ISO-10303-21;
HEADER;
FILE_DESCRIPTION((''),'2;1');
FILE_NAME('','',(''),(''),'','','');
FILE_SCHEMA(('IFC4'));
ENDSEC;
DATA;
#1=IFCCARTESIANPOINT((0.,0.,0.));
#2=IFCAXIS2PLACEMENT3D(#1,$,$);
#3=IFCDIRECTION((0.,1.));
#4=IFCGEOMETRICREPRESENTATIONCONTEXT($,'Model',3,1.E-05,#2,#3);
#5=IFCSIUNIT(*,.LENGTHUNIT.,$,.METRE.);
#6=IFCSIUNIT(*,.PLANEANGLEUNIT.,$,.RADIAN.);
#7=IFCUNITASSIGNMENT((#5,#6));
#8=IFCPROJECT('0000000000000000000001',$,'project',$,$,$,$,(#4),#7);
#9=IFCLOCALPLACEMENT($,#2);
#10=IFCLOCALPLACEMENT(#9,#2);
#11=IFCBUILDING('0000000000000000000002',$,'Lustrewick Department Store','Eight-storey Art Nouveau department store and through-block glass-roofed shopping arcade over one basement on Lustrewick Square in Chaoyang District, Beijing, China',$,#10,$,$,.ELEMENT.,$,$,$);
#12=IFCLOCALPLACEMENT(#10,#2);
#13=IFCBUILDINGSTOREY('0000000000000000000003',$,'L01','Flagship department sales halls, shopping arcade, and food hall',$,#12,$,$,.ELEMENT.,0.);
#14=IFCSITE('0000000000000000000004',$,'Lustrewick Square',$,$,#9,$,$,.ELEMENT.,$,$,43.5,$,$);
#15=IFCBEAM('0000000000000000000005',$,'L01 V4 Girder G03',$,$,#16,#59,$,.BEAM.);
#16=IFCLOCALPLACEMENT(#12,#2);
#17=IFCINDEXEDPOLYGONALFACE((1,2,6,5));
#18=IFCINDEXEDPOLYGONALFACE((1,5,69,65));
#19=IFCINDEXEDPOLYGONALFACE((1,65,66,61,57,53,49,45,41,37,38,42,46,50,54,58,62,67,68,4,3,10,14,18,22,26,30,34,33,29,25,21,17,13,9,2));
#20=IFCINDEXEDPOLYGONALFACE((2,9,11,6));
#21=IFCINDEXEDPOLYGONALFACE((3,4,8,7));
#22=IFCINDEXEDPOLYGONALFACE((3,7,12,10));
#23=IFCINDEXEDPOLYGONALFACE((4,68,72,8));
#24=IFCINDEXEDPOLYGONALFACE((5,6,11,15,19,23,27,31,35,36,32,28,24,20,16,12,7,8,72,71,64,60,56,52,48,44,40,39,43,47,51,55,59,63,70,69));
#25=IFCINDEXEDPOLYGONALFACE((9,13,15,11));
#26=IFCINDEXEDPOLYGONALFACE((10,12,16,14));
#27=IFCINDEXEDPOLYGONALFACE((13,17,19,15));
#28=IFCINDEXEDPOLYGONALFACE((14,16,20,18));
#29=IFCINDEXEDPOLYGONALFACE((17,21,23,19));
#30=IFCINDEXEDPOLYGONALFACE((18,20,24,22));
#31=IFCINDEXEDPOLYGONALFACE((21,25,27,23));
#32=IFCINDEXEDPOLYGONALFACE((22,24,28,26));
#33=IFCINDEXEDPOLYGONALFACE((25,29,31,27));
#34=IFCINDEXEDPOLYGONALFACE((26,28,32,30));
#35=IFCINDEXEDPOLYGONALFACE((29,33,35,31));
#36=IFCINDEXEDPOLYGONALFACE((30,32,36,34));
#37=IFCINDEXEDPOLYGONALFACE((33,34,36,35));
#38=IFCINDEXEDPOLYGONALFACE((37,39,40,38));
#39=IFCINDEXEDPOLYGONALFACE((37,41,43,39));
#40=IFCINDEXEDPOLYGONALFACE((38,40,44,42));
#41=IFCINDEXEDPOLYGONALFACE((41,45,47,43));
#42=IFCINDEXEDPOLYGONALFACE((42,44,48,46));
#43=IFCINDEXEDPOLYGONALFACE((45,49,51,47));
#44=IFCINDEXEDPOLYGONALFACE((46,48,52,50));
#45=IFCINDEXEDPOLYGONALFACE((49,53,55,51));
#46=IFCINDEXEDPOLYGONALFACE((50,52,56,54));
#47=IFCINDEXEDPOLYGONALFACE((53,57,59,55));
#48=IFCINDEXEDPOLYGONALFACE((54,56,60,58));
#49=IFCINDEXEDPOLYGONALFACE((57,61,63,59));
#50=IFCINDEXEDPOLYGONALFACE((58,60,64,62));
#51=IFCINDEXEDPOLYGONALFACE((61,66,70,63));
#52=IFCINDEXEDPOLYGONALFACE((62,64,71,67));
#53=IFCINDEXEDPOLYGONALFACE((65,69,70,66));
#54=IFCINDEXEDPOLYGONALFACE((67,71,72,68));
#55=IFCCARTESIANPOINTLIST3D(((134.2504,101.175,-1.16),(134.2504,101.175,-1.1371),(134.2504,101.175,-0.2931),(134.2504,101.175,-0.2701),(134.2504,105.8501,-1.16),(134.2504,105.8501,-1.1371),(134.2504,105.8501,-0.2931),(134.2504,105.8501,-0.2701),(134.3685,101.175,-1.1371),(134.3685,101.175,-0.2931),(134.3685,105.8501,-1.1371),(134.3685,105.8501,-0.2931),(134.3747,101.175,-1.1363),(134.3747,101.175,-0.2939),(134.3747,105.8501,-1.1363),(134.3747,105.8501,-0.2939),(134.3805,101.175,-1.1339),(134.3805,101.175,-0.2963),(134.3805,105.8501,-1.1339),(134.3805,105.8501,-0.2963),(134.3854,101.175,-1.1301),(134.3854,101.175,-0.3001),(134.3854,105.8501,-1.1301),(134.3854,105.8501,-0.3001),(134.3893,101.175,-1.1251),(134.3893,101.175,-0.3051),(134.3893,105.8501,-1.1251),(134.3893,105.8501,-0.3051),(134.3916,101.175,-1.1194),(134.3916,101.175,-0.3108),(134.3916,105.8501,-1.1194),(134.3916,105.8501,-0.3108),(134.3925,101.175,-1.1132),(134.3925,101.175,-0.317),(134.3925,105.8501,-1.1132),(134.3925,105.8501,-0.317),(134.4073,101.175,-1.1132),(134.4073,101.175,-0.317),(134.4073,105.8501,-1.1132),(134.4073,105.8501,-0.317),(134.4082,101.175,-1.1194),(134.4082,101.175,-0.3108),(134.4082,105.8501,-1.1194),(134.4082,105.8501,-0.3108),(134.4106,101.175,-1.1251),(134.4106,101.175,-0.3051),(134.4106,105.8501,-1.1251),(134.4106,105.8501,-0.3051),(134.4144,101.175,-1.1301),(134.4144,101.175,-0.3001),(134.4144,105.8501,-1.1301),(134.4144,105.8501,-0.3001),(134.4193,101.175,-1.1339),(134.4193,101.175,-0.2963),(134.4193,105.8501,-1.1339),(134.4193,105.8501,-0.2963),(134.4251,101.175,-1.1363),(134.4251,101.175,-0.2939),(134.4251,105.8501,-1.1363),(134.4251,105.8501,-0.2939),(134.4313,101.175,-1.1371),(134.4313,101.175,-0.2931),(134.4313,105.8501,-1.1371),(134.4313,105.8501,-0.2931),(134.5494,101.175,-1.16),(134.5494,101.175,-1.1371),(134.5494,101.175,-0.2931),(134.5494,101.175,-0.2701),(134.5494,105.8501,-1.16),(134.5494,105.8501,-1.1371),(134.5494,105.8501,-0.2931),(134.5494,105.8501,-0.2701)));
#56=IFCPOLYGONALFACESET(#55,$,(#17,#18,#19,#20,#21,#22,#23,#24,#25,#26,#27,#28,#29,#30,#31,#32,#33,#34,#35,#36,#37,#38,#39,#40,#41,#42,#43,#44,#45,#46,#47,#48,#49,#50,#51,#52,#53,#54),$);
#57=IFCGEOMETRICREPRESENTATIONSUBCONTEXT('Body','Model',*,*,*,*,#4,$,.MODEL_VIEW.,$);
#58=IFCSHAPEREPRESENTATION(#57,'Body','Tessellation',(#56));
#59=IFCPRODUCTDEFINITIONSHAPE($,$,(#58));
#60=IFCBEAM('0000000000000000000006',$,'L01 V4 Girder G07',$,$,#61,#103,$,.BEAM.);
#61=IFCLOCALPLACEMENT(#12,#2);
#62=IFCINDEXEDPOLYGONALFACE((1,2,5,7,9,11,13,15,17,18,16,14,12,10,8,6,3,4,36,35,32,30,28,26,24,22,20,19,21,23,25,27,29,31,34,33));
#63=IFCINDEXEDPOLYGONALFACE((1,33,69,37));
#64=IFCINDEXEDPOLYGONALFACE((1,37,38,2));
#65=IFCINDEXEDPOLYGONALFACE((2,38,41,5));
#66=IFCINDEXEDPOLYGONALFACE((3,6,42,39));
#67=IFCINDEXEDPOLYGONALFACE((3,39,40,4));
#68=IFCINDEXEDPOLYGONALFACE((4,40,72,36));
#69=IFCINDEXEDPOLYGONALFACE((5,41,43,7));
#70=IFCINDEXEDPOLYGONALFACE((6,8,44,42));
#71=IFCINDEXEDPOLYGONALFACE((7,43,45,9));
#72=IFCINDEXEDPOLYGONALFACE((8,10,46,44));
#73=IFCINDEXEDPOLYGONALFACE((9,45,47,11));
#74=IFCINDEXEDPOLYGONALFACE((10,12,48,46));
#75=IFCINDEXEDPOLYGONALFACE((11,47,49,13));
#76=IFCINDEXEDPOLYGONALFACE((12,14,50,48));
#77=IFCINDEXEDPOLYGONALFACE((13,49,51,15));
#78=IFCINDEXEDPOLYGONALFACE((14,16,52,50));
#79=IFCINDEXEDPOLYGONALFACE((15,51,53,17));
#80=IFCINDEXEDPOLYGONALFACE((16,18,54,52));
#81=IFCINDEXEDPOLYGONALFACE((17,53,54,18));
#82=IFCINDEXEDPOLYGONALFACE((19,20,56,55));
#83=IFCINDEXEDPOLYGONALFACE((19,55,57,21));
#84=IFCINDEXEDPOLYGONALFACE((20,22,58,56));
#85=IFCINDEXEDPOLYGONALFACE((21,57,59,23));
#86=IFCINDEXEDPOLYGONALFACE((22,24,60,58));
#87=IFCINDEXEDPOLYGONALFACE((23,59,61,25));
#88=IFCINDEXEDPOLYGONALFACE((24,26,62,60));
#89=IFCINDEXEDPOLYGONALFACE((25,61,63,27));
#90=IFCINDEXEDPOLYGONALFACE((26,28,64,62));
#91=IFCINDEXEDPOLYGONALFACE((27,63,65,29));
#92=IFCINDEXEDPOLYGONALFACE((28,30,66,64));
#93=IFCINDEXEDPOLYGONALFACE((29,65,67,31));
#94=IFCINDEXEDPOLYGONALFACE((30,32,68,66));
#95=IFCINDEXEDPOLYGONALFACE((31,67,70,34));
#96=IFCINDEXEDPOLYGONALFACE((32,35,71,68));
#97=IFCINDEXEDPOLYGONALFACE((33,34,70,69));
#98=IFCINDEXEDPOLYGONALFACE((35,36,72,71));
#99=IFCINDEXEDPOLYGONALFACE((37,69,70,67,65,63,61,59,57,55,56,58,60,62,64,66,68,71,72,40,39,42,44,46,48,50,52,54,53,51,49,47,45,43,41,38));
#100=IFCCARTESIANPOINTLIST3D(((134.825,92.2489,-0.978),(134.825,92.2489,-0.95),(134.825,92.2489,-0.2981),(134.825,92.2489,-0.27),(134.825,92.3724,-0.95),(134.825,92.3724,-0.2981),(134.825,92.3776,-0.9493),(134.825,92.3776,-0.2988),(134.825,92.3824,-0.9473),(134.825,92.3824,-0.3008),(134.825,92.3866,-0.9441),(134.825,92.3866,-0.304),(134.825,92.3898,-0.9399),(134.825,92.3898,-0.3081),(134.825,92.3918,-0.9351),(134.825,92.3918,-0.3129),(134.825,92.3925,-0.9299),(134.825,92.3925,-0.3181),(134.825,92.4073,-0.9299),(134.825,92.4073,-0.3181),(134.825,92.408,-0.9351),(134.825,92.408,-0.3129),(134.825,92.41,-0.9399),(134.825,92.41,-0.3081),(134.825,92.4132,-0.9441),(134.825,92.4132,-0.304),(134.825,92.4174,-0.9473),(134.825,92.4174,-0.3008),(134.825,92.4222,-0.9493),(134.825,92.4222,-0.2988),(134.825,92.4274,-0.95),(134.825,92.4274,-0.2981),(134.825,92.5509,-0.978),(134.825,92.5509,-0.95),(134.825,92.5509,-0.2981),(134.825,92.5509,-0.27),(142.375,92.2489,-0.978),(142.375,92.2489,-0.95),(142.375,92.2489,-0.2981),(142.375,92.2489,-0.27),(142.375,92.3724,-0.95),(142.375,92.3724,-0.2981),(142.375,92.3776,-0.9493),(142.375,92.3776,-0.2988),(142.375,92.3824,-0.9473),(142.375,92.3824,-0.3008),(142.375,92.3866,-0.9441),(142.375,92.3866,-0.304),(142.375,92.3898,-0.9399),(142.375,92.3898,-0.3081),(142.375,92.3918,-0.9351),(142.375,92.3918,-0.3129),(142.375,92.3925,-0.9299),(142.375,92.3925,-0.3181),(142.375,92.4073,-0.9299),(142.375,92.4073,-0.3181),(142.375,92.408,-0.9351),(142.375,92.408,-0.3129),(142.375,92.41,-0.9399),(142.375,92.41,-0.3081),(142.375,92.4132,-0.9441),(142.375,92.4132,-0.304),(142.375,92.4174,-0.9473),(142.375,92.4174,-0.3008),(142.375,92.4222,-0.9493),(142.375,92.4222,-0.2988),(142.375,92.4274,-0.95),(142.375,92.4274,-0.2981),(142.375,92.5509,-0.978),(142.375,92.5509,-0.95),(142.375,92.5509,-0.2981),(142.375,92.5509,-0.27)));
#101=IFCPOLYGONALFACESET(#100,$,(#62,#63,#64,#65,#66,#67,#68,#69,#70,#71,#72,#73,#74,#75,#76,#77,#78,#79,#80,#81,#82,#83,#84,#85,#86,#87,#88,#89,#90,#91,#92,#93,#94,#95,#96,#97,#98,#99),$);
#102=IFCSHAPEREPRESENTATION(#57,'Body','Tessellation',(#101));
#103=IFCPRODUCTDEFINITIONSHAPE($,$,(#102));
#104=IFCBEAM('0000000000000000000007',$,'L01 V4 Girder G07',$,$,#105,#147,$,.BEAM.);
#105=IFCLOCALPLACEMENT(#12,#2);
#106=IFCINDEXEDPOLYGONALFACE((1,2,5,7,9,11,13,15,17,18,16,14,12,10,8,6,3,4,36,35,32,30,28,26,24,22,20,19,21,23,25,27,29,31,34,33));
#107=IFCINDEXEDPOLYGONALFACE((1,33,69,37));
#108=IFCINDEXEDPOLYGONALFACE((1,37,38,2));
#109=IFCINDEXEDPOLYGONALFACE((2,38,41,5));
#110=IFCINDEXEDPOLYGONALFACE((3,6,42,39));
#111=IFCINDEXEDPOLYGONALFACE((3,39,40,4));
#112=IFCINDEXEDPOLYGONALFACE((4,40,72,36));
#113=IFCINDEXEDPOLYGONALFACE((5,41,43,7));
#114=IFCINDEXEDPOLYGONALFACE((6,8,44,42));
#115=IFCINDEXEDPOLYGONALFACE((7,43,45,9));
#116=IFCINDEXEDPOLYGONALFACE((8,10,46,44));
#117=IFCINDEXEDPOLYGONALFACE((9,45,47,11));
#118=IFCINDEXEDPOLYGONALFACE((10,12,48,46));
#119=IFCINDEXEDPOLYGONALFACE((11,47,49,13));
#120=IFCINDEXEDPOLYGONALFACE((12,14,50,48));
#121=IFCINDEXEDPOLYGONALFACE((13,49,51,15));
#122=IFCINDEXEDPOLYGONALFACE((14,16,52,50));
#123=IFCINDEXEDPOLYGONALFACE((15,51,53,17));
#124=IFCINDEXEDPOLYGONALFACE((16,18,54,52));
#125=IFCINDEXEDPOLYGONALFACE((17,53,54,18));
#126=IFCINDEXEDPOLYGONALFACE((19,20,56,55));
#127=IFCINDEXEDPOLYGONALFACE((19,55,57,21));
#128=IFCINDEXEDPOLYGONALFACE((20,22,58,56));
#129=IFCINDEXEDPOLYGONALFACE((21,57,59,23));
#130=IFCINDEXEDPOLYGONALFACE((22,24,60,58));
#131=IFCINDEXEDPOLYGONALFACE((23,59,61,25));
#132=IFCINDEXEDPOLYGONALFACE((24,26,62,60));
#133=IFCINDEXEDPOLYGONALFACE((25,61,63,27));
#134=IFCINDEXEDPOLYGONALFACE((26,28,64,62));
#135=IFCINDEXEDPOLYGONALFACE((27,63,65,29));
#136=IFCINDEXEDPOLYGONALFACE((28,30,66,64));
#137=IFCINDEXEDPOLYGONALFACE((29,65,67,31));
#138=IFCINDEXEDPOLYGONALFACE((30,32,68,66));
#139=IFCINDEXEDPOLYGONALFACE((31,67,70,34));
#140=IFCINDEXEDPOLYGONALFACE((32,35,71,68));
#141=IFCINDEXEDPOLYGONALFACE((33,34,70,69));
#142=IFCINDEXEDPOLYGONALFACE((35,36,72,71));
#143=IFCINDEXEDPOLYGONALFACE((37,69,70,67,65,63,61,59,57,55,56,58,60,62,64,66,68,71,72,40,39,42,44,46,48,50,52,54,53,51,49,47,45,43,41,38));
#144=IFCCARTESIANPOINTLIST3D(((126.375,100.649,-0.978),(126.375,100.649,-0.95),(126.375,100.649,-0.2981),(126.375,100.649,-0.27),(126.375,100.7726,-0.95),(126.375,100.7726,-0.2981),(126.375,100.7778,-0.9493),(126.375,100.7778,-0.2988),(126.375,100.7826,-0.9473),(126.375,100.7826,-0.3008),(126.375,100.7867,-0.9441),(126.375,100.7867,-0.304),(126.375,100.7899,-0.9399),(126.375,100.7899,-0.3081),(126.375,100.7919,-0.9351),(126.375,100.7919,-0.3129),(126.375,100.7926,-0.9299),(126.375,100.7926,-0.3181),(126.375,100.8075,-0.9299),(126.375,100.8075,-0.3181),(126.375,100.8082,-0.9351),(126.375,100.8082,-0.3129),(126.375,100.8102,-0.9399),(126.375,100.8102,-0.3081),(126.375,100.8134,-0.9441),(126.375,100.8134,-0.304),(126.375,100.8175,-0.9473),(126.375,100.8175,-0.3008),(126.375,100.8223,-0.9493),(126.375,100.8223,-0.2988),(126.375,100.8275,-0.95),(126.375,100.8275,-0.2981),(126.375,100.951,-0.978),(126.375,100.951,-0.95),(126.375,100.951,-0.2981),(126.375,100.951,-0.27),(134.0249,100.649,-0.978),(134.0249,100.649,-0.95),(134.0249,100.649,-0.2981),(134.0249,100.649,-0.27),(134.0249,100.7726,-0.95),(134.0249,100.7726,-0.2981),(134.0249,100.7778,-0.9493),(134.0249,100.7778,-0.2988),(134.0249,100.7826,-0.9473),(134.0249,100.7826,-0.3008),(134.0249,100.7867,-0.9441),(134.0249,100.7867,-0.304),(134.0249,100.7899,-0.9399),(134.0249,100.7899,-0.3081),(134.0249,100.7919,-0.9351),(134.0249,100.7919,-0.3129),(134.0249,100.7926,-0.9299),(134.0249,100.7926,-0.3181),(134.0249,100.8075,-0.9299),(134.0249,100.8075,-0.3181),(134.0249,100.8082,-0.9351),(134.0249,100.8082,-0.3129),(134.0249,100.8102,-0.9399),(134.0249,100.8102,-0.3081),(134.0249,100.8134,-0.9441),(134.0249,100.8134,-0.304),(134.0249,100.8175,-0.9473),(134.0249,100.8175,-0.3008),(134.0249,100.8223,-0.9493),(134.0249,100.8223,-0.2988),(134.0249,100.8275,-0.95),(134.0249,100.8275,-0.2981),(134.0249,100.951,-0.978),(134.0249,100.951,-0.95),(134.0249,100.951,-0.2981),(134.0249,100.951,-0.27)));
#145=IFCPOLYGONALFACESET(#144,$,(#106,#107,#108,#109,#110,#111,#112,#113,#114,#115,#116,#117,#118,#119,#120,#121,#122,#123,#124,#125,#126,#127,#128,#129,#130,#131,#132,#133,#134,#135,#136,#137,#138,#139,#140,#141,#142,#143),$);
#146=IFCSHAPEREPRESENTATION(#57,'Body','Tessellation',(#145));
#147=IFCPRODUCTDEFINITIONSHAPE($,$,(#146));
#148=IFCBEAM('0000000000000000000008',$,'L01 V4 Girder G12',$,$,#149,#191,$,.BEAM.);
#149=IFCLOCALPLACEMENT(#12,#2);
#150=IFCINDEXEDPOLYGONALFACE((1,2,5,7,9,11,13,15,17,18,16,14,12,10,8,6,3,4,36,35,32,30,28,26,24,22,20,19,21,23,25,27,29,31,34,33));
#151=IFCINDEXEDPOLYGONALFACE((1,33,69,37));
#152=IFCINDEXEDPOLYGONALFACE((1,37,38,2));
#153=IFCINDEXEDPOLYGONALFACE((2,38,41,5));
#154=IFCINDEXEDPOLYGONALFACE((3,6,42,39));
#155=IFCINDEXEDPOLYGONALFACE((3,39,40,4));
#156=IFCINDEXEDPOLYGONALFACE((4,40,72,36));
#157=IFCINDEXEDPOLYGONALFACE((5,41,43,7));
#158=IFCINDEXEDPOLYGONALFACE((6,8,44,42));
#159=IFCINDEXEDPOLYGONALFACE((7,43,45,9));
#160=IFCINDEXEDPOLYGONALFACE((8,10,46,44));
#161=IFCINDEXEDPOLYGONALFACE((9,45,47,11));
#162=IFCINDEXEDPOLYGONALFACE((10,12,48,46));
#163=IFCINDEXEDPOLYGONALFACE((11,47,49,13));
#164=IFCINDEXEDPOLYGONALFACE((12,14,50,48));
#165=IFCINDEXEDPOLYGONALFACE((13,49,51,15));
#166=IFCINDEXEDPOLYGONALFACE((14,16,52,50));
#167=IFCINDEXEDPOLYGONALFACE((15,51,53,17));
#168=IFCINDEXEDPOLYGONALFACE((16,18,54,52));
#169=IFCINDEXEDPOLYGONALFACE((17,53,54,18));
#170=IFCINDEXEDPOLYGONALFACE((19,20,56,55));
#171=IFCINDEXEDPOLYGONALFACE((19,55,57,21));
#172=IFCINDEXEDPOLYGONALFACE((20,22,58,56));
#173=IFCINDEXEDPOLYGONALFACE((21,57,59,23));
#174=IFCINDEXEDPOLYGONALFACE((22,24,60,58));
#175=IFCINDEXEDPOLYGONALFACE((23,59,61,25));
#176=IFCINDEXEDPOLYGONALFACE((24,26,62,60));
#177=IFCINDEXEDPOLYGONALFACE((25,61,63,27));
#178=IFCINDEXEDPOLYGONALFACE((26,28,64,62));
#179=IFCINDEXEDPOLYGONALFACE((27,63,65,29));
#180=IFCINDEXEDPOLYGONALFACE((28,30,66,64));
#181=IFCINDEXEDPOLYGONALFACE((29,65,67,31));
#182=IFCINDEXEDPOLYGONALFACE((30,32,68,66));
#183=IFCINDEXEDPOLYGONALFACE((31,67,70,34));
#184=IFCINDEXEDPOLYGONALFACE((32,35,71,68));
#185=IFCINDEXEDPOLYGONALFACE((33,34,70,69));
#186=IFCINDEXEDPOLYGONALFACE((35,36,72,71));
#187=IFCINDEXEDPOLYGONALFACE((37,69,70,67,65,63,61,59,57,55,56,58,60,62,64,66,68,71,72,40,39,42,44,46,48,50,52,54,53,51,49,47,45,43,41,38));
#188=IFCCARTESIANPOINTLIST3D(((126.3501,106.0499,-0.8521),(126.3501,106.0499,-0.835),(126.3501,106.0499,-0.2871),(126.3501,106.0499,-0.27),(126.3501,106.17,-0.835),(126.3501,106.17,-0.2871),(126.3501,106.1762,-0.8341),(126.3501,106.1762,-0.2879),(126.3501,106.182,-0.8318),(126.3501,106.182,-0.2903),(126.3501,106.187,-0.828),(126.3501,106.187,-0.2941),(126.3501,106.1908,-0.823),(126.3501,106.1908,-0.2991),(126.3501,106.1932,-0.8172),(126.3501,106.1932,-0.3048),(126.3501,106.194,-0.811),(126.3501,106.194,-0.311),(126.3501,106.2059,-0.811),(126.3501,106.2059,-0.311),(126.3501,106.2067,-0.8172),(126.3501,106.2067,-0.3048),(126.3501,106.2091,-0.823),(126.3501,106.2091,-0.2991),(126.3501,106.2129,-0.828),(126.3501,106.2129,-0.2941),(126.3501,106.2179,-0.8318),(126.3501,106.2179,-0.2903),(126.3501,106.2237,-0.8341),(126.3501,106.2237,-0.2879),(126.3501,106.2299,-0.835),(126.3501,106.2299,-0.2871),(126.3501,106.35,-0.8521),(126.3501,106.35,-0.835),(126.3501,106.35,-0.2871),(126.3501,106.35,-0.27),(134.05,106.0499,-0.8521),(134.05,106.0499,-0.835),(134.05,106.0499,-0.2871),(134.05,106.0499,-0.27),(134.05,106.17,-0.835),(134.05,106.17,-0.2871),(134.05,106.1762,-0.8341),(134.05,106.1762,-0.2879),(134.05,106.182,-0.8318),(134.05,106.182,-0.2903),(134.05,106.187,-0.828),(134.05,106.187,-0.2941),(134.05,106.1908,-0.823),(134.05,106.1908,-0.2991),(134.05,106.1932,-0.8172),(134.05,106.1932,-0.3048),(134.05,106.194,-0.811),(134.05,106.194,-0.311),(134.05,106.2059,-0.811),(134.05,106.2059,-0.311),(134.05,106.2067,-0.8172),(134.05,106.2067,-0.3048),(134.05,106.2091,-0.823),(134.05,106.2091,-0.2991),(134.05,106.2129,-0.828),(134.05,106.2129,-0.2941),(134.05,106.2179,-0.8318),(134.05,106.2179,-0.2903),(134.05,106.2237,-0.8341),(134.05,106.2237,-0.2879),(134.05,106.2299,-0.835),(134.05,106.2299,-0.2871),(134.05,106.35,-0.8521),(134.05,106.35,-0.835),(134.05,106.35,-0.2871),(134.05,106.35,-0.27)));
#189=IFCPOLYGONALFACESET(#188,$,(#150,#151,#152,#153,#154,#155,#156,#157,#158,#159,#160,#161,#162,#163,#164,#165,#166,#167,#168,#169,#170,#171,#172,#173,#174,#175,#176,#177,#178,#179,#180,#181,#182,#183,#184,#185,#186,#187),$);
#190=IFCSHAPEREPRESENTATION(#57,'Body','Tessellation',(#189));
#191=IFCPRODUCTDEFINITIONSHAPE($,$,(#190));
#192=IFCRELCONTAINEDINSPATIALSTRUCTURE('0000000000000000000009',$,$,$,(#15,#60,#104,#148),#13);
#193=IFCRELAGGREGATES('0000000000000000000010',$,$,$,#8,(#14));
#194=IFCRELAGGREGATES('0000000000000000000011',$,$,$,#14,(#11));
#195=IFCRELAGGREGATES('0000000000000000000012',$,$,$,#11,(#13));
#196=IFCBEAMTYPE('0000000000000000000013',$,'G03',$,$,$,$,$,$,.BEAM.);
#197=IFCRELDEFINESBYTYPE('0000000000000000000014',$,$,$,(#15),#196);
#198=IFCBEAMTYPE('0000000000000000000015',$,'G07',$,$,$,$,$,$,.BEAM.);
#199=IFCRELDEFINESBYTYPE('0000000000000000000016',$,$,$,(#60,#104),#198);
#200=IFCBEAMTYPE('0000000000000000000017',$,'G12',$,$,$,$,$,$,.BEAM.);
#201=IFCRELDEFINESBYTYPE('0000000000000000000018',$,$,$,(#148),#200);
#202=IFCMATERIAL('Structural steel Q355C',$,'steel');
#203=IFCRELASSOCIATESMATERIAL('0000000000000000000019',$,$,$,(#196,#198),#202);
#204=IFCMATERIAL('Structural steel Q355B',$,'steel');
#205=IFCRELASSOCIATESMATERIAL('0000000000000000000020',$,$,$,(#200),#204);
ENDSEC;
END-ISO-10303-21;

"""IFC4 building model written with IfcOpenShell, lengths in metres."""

from ifc_helpers import new_model, si_unit, direction, frame, origin, origin_2d, place, context, subcontext, project, spatial, i_section, extrude, material, material_profile, profile_set, type_object, element, save


model = new_model("IFC4")

# Units and contexts
model_context = context("Model", 3, precision=1e-05, world=origin(), true_north=direction((0.0, 1.0)))
body_context = subcontext(model_context, "Body", "Model", "MODEL_VIEW")
ifc_project = project(units=[si_unit("LENGTHUNIT", "METRE"), si_unit("PLANEANGLEUNIT", "RADIAN")], contexts=[model_context])

# Site, building, storey
site_placement = place(None, origin())
site = spatial("IfcSite", under=ifc_project, at=site_placement, Name="Lustrewick Square", CompositionType="ELEMENT", RefElevation=43.5)
building_placement = place(site_placement, origin())
building = spatial("IfcBuilding", under=site, at=building_placement, Name="Lustrewick Department Store", Description="Eight-storey Art Nouveau department store and through-block glass-roofed shopping arcade over one basement on Lustrewick Square in Chaoyang District, Beijing, China", CompositionType="ELEMENT")
storey_placement = place(building_placement, origin())
storey = spatial("IfcBuildingStorey", under=building, at=storey_placement, Name="L01", Description="Flagship department sales halls, shopping arcade, and food hall", CompositionType="ELEMENT", Elevation=0.0)

# Shared definitions
ifc_material_1 = material(Name="Structural steel Q355C", Category="steel")
ifc_material_2 = material(Name="Structural steel Q355B", Category="steel")

# Beams
ifc_material_profile_1 = material_profile(ifc_material_1, i_section(OverallWidth=0.2991, OverallDepth=0.8899, WebThickness=0.0149, FlangeThickness=0.0229, FilletRadius=0.0239, at=origin_2d()), Name="HN 890x299x15x23")
ifc_profile_set_1 = profile_set([ifc_material_profile_1], Name="Structural steel Q355C")
beam_type_1 = type_object("IfcBeamType", Name="G03", PredefinedType="BEAM", material=ifc_profile_set_1)
beam_1_placement = place(storey_placement, frame((134.3999, 101.175, -0.7151), z_axis=(0.0, 1.0, 0.0), x_axis=(-1.0, 0.0, 0.0)))
element("IfcBeam", 1, at=beam_1_placement, inside=storey, type_object=beam_type_1, Name="L01 V4 Girder G03", PredefinedType="BEAM", context=body_context, shape_type="SweptSolid", body=[
    extrude(i_section(OverallWidth=0.2991, OverallDepth=0.8899, WebThickness=0.0149, FlangeThickness=0.0229, FilletRadius=0.0239, at=origin_2d()), origin(), (0.0, 0.0, 1.0), 4.675),
])
ifc_material_profile_2 = material_profile(ifc_material_1, i_section(OverallWidth=0.302, OverallDepth=0.708, WebThickness=0.0149, FlangeThickness=0.0281, FilletRadius=0.02, at=origin_2d()), Name="HN 708x302x15x28")
ifc_profile_set_2 = profile_set([ifc_material_profile_2], Name="Structural steel Q355C")
beam_type_2 = type_object("IfcBeamType", Name="G07", PredefinedType="BEAM", material=ifc_profile_set_2)
beam_2_placement = place(storey_placement, frame((134.825, 92.3999, -0.624), z_axis=(1.0, 0.0, 0.0), x_axis=(0.0, 1.0, 0.0)))
element("IfcBeam", 2, at=beam_2_placement, inside=storey, type_object=beam_type_2, Name="L01 V4 Girder G07", PredefinedType="BEAM", context=body_context, shape_type="SweptSolid", body=[
    extrude(i_section(OverallWidth=0.302, OverallDepth=0.708, WebThickness=0.0149, FlangeThickness=0.0281, FilletRadius=0.02, at=origin_2d()), origin(), (0.0, 0.0, 1.0), 7.55),
])
beam_3_placement = place(storey_placement, frame((126.375, 100.8, -0.624), z_axis=(1.0, 0.0, 0.0), x_axis=(0.0, 1.0, 0.0)))
element("IfcBeam", 3, at=beam_3_placement, inside=storey, type_object=beam_type_2, Name="L01 V4 Girder G07", PredefinedType="BEAM", context=body_context, shape_type="SweptSolid", body=[
    extrude(i_section(OverallWidth=0.302, OverallDepth=0.708, WebThickness=0.0149, FlangeThickness=0.0281, FilletRadius=0.02, at=origin_2d()), origin(), (0.0, 0.0, 1.0), 7.6499),
])
ifc_material_profile_3 = material_profile(ifc_material_2, i_section(OverallWidth=0.3, OverallDepth=0.582, WebThickness=0.012, FlangeThickness=0.0171, FilletRadius=0.0239, at=origin_2d()), Name="HM 582x300x12x17")
ifc_profile_set_3 = profile_set([ifc_material_profile_3], Name="Structural steel Q355B")
beam_type_3 = type_object("IfcBeamType", Name="G12", PredefinedType="BEAM", material=ifc_profile_set_3)
beam_4_placement = place(storey_placement, frame((126.3501, 106.2, -0.561), z_axis=(1.0, 0.0, 0.0), x_axis=(0.0, 1.0, 0.0)))
element("IfcBeam", 4, at=beam_4_placement, inside=storey, type_object=beam_type_3, Name="L01 V4 Girder G12", PredefinedType="BEAM", context=body_context, shape_type="SweptSolid", body=[
    extrude(i_section(OverallWidth=0.3, OverallDepth=0.582, WebThickness=0.012, FlangeThickness=0.0171, FilletRadius=0.0239, at=origin_2d()), origin(), (0.0, 0.0, 1.0), 7.7),
])

save(model, "model.ifc")
